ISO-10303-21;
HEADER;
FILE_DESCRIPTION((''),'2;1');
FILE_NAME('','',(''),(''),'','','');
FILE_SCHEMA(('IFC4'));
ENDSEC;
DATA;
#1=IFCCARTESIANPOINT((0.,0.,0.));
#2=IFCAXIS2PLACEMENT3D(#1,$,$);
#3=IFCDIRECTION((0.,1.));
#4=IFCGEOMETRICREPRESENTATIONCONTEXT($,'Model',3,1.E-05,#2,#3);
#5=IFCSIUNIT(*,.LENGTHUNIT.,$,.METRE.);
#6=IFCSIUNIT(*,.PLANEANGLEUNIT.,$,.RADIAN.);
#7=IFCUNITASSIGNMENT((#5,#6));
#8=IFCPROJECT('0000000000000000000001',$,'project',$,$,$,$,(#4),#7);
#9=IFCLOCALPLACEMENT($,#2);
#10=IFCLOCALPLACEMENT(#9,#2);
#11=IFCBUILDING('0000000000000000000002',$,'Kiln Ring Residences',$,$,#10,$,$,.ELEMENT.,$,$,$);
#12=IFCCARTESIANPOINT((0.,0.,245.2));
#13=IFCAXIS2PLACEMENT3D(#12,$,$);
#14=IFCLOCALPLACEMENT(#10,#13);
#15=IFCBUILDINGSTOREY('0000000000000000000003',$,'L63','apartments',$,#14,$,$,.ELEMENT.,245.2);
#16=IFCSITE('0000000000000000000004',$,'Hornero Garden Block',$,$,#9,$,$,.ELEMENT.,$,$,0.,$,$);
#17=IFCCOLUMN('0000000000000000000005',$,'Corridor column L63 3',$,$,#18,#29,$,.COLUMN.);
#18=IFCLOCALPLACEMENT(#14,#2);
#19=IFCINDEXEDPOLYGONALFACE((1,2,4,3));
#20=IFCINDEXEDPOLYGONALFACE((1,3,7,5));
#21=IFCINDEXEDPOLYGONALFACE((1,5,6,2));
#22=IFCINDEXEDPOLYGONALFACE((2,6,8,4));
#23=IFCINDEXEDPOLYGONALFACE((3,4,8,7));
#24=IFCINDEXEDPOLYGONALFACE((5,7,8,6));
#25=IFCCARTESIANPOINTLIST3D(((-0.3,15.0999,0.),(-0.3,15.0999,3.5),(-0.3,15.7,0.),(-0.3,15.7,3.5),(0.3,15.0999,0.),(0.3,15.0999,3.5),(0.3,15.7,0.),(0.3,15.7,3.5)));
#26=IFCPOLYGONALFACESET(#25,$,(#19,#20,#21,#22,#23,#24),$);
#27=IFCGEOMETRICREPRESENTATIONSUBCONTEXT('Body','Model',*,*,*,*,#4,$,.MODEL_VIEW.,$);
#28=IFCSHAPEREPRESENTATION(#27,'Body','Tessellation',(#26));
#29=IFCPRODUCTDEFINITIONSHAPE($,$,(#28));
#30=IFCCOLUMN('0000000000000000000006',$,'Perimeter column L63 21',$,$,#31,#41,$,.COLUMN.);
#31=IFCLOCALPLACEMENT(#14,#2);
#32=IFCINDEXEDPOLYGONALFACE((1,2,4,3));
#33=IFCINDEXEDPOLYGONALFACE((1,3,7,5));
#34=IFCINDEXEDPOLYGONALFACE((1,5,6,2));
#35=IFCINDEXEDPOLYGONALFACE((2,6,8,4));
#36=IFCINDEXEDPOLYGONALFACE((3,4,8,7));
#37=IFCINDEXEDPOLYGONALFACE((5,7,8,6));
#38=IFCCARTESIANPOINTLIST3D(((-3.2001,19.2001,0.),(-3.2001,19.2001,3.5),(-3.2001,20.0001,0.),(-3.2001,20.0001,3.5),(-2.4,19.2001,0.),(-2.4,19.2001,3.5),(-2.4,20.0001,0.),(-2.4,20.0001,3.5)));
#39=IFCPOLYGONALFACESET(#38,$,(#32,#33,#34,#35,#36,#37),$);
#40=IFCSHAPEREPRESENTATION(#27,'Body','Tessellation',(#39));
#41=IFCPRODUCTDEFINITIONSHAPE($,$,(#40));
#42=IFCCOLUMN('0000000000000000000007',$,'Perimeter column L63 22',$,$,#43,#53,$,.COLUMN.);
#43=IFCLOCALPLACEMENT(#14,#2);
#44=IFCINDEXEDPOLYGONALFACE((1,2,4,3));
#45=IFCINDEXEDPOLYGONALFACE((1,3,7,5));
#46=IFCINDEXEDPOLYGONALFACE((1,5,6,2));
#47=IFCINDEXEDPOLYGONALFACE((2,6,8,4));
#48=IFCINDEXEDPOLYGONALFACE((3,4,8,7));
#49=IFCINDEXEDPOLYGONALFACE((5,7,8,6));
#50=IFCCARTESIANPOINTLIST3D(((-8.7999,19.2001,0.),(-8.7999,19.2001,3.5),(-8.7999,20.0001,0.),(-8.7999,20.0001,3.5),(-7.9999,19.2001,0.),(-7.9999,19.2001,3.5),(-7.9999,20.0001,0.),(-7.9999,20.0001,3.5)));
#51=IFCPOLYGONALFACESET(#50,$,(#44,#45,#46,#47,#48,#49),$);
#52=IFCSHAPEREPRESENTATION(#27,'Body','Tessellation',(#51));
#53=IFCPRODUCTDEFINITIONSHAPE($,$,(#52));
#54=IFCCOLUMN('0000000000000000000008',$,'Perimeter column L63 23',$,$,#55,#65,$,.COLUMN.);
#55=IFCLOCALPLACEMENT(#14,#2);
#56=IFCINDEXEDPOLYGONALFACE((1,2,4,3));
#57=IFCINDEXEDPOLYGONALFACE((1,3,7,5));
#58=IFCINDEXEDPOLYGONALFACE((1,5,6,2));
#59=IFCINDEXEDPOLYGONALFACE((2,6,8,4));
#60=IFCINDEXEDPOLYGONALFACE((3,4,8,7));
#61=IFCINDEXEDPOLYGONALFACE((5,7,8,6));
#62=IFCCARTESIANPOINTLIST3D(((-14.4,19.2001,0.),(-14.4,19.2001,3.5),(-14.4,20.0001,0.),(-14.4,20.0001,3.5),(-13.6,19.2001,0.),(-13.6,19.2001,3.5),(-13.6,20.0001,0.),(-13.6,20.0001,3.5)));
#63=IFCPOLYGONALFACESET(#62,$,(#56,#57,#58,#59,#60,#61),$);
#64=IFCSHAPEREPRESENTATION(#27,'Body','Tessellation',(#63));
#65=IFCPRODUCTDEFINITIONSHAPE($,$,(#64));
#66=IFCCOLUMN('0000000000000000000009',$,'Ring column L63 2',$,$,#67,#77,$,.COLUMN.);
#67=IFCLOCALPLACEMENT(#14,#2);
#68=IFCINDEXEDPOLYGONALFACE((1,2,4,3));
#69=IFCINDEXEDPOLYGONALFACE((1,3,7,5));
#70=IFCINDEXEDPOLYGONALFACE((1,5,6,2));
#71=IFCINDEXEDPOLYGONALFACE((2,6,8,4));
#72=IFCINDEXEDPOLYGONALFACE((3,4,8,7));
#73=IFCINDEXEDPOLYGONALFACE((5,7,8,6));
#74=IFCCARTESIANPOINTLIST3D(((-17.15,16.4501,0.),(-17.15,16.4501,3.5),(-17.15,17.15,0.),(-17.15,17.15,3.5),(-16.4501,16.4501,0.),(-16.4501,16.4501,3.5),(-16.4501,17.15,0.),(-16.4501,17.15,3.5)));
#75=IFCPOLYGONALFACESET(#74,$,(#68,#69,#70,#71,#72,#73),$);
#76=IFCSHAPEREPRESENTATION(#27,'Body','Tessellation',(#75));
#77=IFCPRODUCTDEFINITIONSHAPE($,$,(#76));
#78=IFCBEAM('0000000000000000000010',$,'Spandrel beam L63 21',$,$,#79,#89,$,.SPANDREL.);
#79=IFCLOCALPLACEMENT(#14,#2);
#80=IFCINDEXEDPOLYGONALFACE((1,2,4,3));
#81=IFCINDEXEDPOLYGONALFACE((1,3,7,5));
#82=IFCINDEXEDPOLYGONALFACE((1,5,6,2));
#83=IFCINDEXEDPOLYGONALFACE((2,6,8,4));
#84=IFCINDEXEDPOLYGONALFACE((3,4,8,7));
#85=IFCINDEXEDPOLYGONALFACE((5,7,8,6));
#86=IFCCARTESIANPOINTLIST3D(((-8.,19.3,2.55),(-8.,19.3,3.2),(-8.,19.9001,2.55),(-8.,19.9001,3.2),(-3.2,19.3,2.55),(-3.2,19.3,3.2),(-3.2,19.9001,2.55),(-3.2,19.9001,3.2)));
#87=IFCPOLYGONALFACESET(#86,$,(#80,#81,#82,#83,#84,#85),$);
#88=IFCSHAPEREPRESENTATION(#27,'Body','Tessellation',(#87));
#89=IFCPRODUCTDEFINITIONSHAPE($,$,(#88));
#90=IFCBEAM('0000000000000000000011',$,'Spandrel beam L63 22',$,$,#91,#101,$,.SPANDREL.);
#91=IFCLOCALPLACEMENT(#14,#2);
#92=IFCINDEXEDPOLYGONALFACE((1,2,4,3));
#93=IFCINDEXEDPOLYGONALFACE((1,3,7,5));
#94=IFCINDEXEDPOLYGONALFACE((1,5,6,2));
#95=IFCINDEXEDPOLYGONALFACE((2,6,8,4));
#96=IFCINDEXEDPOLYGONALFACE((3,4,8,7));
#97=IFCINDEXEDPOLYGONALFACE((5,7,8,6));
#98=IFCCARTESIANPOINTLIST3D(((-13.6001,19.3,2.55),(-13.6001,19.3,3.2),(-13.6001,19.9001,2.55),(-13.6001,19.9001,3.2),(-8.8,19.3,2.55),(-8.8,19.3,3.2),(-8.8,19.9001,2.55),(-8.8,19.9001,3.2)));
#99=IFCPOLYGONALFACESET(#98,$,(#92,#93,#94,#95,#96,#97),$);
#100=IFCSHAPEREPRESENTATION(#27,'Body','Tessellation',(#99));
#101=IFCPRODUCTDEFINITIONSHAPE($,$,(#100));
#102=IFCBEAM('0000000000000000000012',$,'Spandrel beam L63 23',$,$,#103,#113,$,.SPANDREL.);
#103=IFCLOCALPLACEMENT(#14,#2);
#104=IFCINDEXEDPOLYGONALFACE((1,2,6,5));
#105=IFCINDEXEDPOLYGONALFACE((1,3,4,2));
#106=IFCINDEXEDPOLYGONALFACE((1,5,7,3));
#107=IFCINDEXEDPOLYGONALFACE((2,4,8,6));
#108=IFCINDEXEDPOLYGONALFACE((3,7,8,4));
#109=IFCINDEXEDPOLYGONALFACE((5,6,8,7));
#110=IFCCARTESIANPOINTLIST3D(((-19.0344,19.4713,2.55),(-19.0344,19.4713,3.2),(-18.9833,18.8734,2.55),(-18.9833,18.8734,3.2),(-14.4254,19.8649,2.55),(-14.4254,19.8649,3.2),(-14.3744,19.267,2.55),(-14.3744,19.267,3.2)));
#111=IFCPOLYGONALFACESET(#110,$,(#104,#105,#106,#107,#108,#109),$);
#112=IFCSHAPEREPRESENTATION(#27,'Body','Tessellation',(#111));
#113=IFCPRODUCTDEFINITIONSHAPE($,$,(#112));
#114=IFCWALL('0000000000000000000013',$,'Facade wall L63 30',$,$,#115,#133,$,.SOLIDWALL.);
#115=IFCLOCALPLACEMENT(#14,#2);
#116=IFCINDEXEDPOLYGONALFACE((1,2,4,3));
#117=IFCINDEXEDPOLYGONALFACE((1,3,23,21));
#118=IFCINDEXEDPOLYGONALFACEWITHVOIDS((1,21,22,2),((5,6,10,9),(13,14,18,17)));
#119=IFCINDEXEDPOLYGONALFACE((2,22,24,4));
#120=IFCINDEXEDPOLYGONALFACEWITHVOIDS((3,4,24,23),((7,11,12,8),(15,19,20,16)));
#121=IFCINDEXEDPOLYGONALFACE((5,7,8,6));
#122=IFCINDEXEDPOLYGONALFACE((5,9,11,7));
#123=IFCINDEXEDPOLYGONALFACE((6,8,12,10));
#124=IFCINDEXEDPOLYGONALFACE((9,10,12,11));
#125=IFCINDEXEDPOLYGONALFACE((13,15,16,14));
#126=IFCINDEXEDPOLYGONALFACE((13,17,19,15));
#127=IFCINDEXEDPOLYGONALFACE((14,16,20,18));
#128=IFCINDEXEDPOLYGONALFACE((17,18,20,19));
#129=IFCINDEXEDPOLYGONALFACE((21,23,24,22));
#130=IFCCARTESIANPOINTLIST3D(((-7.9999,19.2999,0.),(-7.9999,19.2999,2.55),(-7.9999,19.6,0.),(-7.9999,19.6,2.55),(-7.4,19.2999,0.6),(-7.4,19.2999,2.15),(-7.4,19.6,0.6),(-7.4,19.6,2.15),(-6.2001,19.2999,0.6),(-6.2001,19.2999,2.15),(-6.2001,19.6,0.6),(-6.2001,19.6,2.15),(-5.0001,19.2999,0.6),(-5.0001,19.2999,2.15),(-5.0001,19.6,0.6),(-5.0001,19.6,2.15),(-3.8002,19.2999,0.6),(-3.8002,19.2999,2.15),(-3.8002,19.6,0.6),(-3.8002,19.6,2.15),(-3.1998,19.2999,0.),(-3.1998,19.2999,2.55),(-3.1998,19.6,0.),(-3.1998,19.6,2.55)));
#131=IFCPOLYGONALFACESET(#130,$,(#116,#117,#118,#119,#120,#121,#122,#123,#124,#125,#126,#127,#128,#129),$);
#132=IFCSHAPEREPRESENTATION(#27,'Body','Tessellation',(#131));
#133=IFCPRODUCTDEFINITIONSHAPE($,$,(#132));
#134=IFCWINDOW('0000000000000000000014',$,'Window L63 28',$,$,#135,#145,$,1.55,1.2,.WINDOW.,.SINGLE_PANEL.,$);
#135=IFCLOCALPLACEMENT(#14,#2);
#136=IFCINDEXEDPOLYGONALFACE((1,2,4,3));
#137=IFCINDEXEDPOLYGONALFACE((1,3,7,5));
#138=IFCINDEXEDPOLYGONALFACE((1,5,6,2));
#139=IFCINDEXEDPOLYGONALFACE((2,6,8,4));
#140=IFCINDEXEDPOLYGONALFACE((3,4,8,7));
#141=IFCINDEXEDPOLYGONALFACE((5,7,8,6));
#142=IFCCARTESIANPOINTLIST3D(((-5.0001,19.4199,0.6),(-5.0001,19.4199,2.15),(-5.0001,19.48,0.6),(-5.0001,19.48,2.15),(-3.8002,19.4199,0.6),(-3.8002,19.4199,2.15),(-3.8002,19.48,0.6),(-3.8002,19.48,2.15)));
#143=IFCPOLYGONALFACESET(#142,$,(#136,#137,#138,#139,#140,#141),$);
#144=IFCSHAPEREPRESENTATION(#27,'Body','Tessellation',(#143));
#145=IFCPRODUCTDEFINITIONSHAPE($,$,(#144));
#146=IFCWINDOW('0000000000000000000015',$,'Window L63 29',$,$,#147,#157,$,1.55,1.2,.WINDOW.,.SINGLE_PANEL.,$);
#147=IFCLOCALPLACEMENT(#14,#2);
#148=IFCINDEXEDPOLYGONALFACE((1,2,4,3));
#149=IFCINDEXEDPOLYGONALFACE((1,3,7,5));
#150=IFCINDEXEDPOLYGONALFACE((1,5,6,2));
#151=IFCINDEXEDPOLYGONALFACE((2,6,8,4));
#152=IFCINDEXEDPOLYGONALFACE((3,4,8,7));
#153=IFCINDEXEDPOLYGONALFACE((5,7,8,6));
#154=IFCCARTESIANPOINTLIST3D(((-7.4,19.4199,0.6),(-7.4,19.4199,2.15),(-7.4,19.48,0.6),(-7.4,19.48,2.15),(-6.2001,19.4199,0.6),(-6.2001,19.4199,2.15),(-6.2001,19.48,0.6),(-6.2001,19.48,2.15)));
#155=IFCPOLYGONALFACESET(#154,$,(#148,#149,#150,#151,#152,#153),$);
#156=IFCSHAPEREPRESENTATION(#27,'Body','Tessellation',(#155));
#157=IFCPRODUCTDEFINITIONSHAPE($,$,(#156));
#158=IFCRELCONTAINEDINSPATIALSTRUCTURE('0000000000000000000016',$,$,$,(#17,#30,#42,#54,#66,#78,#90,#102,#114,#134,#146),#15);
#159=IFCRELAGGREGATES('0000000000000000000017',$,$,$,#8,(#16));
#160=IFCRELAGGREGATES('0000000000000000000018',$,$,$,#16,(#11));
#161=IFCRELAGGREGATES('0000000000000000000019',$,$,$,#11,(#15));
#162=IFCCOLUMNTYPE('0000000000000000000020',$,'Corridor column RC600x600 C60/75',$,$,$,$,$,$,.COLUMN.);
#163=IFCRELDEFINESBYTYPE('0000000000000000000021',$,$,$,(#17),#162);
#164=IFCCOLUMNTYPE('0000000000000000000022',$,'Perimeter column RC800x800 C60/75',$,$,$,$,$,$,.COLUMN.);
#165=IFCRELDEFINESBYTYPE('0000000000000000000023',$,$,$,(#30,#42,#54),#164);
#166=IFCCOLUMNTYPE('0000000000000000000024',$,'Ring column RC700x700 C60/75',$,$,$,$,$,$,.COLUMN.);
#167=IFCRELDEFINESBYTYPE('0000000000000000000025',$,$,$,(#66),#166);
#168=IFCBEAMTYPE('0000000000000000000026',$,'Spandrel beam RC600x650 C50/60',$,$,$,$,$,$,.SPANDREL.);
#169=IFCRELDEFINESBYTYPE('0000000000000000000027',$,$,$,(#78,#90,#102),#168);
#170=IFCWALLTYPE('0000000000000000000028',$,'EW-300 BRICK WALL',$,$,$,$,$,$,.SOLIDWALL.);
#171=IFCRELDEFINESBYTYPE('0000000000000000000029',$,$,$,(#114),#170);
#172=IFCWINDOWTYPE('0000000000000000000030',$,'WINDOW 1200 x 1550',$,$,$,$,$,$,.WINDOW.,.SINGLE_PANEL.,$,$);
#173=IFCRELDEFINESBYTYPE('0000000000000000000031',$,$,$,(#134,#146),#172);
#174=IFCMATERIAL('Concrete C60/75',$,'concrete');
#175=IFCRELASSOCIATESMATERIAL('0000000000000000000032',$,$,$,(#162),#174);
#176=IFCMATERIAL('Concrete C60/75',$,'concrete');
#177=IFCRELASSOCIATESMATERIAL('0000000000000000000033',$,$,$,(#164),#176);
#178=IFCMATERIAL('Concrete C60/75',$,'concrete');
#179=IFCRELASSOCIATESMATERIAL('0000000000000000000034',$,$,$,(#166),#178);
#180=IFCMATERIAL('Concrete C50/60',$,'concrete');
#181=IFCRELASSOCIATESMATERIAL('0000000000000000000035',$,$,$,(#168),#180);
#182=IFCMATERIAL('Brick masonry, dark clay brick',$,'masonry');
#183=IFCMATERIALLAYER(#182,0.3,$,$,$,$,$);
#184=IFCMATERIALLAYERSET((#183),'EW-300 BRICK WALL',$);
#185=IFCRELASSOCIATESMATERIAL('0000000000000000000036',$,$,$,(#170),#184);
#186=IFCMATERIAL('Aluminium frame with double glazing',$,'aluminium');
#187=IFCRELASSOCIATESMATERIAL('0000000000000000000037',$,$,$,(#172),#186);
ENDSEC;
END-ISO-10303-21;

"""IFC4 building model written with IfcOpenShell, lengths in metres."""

from ifc_helpers import new_model, si_unit, direction, frame, frame_2d, origin, origin_2d, place, context, subcontext, project, spatial, rectangle, extrude, material, layer, layer_set, material_profile, profile_set, type_object, element, fill, save


model = new_model("IFC4")

# Units and contexts
model_context = context("Model", 3, precision=1e-05, world=origin(), true_north=direction((0.0, 1.0)))
body_context = subcontext(model_context, "Body", "Model", "MODEL_VIEW")
ifc_project = project(units=[si_unit("LENGTHUNIT", "METRE"), si_unit("PLANEANGLEUNIT", "RADIAN")], contexts=[model_context])

# Site, building, storey
site_placement = place(None, origin())
site = spatial("IfcSite", under=ifc_project, at=site_placement, Name="Hornero Garden Block", CompositionType="ELEMENT", RefElevation=0.0)
building_placement = place(site_placement, origin())
building = spatial("IfcBuilding", under=site, at=building_placement, Name="Kiln Ring Residences", CompositionType="ELEMENT")
storey_placement = place(building_placement, frame((0.0, 0.0, 245.2)))
storey = spatial("IfcBuildingStorey", under=building, at=storey_placement, Name="L63", Description="apartments", CompositionType="ELEMENT", Elevation=245.2)

# Columns
ifc_material_1 = material(Name="Concrete C60/75", Category="concrete")
ifc_material_profile_1 = material_profile(ifc_material_1, rectangle(XDim=0.6001, YDim=0.6001, at=origin_2d()), Name="RC600x600")
ifc_profile_set_1 = profile_set([ifc_material_profile_1], Name="Concrete C60/75")
column_type_1 = type_object("IfcColumnType", Name="Corridor column RC600x600 C60/75", PredefinedType="COLUMN", material=ifc_profile_set_1)
column_1_placement = place(storey_placement, frame((0.0, 15.3999, 0.0), z_axis=(0.0, 0.0, 1.0), x_axis=(1.0, 0.0, 0.0)))
element("IfcColumn", 1, at=column_1_placement, inside=storey, type_object=column_type_1, Name="Corridor column L63 3", PredefinedType="COLUMN", context=body_context, shape_type="SweptSolid", body=[
    extrude(rectangle(XDim=0.6001, YDim=0.6001, at=origin_2d()), origin(), (0.0, 0.0, 1.0), 3.5),
])
ifc_material_2 = material(Name="Concrete C60/75", Category="concrete")
ifc_material_profile_2 = material_profile(ifc_material_2, rectangle(XDim=0.8, YDim=0.8, at=origin_2d()), Name="RC800x800")
ifc_profile_set_2 = profile_set([ifc_material_profile_2], Name="Concrete C60/75")
column_type_2 = type_object("IfcColumnType", Name="Perimeter column RC800x800 C60/75", PredefinedType="COLUMN", material=ifc_profile_set_2)
for number, where, z_axis, x_axis, name in (
    (2, (-2.8, 19.6001, 0.0), (0.0, 0.0, 1.0), (1.0, 0.0, 0.0), "Perimeter column L63 21"),
    (3, (-8.3999, 19.6001, 0.0), (0.0, 0.0, 1.0), (1.0, 0.0, 0.0), "Perimeter column L63 22"),
    (4, (-14.0, 19.6001, 0.0), (0.0, 0.0, 1.0), (1.0, 0.0, 0.0), "Perimeter column L63 23"),
):
    element("IfcColumn", number, at=place(storey_placement, frame(where, z_axis=z_axis, x_axis=x_axis)), inside=storey, type_object=column_type_2, Name=name, PredefinedType="COLUMN", context=body_context, shape_type="SweptSolid", body=[
        extrude(rectangle(XDim=0.8, YDim=0.8, at=origin_2d()), origin(), (0.0, 0.0, 1.0), 3.5),
    ])
ifc_material_3 = material(Name="Concrete C60/75", Category="concrete")
ifc_material_profile_3 = material_profile(ifc_material_3, rectangle(XDim=0.7, YDim=0.7, at=origin_2d()), Name="RC700x700")
ifc_profile_set_3 = profile_set([ifc_material_profile_3], Name="Concrete C60/75")
column_type_3 = type_object("IfcColumnType", Name="Ring column RC700x700 C60/75", PredefinedType="COLUMN", material=ifc_profile_set_3)
column_2_placement = place(storey_placement, frame((-16.8, 16.8, 0.0), z_axis=(0.0, 0.0, 1.0), x_axis=(1.0, 0.0, 0.0)))
element("IfcColumn", 5, at=column_2_placement, inside=storey, type_object=column_type_3, Name="Ring column L63 2", PredefinedType="COLUMN", context=body_context, shape_type="SweptSolid", body=[
    extrude(rectangle(XDim=0.7, YDim=0.7, at=origin_2d()), origin(), (0.0, 0.0, 1.0), 3.5),
])

# Beams
ifc_material_4 = material(Name="Concrete C50/60", Category="concrete")
ifc_material_profile_4 = material_profile(ifc_material_4, rectangle(XDim=0.6001, YDim=0.6499, at=origin_2d()), Name="RC600x650")
ifc_profile_set_4 = profile_set([ifc_material_profile_4], Name="Concrete C50/60")
beam_type = type_object("IfcBeamType", Name="Spandrel beam RC600x650 C50/60", PredefinedType="SPANDREL", material=ifc_profile_set_4)
for number, where, z_axis, x_axis, name in (
    (6, (-3.2, 19.6001, 2.875), (-1.0, 0.0, 0.0), (0.0, -1.0, 0.0), "Spandrel beam L63 21"),
    (7, (-8.8, 19.6001, 2.875), (-1.0, 0.0, 0.0), (0.0, -1.0, 0.0), "Spandrel beam L63 22"),
):
    element("IfcBeam", number, at=place(storey_placement, frame(where, z_axis=z_axis, x_axis=x_axis)), inside=storey, type_object=beam_type, Name=name, PredefinedType="SPANDREL", context=body_context, shape_type="SweptSolid", body=[
        extrude(rectangle(XDim=0.6001, YDim=0.6499, at=origin_2d()), origin(), (0.0, 0.0, 1.0), 4.8),
    ])
beam_placement = place(storey_placement, frame((-14.3999, 19.5659, 2.875), z_axis=(-0.996374, -0.085081, 0.0), x_axis=(0.085081, -0.996374, 0.0)))
element("IfcBeam", 8, at=beam_placement, inside=storey, type_object=beam_type, Name="Spandrel beam L63 23", PredefinedType="SPANDREL", context=body_context, shape_type="SweptSolid", body=[
    extrude(rectangle(XDim=0.6001, YDim=0.6499, at=origin_2d()), origin(), (0.0, 0.0, 1.0), 4.6257),
])

# Wall, openings, windows
ifc_material_5 = material(Name="Brick masonry, dark clay brick", Category="masonry")
ifc_layer_1 = layer(ifc_material_5, 0.3)
ifc_layer_set_1 = layer_set([ifc_layer_1], Name="EW-300 BRICK WALL")
wall_type_1 = type_object("IfcWallType", Name="EW-300 BRICK WALL", PredefinedType="SOLIDWALL", material=ifc_layer_set_1)
wall_1_placement = place(storey_placement, frame((-3.2, 19.45, 0.0), z_axis=(0.0, 0.0, 1.0), x_axis=(-1.0, 0.0, 0.0)))
wall_1 = element("IfcWall", 9, at=wall_1_placement, inside=storey, type_object=wall_type_1, Name="Facade wall L63 30", PredefinedType="SOLIDWALL", context=body_context, shape_type="SweptSolid", body=[
    extrude(rectangle(XDim=4.8, YDim=0.3, at=frame_2d((2.3999, 0.0))), origin(), (0.0, 0.0, 1.0), 2.55),
])
opening_1_placement = place(wall_1_placement, frame((0.6001, 0.0, 0.6001)))
opening_1 = element("IfcOpeningElement", 10, at=opening_1_placement, cuts=wall_1, PredefinedType="OPENING", context=body_context, shape_type="SweptSolid", body=[
    extrude(rectangle(XDim=1.2, YDim=1.55, at=frame_2d((0.6001, 0.7749))), frame((0.0, 0.1599, 0.0), z_axis=(0.0, -1.0, 0.0), x_axis=(1.0, 0.0, 0.0)), (0.0, 0.0, 1.0), 0.3201),
])
opening_2_placement = place(wall_1_placement, frame((3.0, 0.0, 0.6001)))
opening_2 = element("IfcOpeningElement", 11, at=opening_2_placement, cuts=wall_1, PredefinedType="OPENING", context=body_context, shape_type="SweptSolid", body=[
    extrude(rectangle(XDim=1.2, YDim=1.55, at=frame_2d((0.6001, 0.7749))), frame((0.0, 0.1599, 0.0), z_axis=(0.0, -1.0, 0.0), x_axis=(1.0, 0.0, 0.0)), (0.0, 0.0, 1.0), 0.3201),
])
ifc_material_6 = material(Name="Aluminium frame with double glazing", Category="aluminium")
window_type_1 = type_object("IfcWindowType", Name="WINDOW 1200 x 1550", PartitioningType="SINGLE_PANEL", PredefinedType="WINDOW", material=ifc_material_6)
window_1_placement = place(opening_1_placement, origin())
window_1 = element("IfcWindow", 12, at=window_1_placement, inside=storey, type_object=window_type_1, Name="Window L63 28", OverallHeight=1.55, OverallWidth=1.2, PartitioningType="SINGLE_PANEL", PredefinedType="WINDOW", context=body_context, shape_type="SweptSolid", body=[
    extrude(rectangle(XDim=1.2, YDim=1.55, at=frame_2d((0.6001, 0.7749))), frame((0.0, 0.03, 0.0), z_axis=(0.0, -1.0, 0.0), x_axis=(1.0, 0.0, 0.0)), (0.0, 0.0, 1.0), 0.0601),
])
fill(opening_1, window_1)
window_2_placement = place(opening_2_placement, origin())
window_2 = element("IfcWindow", 13, at=window_2_placement, inside=storey, type_object=window_type_1, Name="Window L63 29", OverallHeight=1.55, OverallWidth=1.2, PartitioningType="SINGLE_PANEL", PredefinedType="WINDOW", context=body_context, shape_type="SweptSolid", body=[
    extrude(rectangle(XDim=1.2, YDim=1.55, at=frame_2d((0.6001, 0.7749))), frame((0.0, 0.03, 0.0), z_axis=(0.0, -1.0, 0.0), x_axis=(1.0, 0.0, 0.0)), (0.0, 0.0, 1.0), 0.0601),
])
fill(opening_2, window_2)

save(model, "model.ifc")
